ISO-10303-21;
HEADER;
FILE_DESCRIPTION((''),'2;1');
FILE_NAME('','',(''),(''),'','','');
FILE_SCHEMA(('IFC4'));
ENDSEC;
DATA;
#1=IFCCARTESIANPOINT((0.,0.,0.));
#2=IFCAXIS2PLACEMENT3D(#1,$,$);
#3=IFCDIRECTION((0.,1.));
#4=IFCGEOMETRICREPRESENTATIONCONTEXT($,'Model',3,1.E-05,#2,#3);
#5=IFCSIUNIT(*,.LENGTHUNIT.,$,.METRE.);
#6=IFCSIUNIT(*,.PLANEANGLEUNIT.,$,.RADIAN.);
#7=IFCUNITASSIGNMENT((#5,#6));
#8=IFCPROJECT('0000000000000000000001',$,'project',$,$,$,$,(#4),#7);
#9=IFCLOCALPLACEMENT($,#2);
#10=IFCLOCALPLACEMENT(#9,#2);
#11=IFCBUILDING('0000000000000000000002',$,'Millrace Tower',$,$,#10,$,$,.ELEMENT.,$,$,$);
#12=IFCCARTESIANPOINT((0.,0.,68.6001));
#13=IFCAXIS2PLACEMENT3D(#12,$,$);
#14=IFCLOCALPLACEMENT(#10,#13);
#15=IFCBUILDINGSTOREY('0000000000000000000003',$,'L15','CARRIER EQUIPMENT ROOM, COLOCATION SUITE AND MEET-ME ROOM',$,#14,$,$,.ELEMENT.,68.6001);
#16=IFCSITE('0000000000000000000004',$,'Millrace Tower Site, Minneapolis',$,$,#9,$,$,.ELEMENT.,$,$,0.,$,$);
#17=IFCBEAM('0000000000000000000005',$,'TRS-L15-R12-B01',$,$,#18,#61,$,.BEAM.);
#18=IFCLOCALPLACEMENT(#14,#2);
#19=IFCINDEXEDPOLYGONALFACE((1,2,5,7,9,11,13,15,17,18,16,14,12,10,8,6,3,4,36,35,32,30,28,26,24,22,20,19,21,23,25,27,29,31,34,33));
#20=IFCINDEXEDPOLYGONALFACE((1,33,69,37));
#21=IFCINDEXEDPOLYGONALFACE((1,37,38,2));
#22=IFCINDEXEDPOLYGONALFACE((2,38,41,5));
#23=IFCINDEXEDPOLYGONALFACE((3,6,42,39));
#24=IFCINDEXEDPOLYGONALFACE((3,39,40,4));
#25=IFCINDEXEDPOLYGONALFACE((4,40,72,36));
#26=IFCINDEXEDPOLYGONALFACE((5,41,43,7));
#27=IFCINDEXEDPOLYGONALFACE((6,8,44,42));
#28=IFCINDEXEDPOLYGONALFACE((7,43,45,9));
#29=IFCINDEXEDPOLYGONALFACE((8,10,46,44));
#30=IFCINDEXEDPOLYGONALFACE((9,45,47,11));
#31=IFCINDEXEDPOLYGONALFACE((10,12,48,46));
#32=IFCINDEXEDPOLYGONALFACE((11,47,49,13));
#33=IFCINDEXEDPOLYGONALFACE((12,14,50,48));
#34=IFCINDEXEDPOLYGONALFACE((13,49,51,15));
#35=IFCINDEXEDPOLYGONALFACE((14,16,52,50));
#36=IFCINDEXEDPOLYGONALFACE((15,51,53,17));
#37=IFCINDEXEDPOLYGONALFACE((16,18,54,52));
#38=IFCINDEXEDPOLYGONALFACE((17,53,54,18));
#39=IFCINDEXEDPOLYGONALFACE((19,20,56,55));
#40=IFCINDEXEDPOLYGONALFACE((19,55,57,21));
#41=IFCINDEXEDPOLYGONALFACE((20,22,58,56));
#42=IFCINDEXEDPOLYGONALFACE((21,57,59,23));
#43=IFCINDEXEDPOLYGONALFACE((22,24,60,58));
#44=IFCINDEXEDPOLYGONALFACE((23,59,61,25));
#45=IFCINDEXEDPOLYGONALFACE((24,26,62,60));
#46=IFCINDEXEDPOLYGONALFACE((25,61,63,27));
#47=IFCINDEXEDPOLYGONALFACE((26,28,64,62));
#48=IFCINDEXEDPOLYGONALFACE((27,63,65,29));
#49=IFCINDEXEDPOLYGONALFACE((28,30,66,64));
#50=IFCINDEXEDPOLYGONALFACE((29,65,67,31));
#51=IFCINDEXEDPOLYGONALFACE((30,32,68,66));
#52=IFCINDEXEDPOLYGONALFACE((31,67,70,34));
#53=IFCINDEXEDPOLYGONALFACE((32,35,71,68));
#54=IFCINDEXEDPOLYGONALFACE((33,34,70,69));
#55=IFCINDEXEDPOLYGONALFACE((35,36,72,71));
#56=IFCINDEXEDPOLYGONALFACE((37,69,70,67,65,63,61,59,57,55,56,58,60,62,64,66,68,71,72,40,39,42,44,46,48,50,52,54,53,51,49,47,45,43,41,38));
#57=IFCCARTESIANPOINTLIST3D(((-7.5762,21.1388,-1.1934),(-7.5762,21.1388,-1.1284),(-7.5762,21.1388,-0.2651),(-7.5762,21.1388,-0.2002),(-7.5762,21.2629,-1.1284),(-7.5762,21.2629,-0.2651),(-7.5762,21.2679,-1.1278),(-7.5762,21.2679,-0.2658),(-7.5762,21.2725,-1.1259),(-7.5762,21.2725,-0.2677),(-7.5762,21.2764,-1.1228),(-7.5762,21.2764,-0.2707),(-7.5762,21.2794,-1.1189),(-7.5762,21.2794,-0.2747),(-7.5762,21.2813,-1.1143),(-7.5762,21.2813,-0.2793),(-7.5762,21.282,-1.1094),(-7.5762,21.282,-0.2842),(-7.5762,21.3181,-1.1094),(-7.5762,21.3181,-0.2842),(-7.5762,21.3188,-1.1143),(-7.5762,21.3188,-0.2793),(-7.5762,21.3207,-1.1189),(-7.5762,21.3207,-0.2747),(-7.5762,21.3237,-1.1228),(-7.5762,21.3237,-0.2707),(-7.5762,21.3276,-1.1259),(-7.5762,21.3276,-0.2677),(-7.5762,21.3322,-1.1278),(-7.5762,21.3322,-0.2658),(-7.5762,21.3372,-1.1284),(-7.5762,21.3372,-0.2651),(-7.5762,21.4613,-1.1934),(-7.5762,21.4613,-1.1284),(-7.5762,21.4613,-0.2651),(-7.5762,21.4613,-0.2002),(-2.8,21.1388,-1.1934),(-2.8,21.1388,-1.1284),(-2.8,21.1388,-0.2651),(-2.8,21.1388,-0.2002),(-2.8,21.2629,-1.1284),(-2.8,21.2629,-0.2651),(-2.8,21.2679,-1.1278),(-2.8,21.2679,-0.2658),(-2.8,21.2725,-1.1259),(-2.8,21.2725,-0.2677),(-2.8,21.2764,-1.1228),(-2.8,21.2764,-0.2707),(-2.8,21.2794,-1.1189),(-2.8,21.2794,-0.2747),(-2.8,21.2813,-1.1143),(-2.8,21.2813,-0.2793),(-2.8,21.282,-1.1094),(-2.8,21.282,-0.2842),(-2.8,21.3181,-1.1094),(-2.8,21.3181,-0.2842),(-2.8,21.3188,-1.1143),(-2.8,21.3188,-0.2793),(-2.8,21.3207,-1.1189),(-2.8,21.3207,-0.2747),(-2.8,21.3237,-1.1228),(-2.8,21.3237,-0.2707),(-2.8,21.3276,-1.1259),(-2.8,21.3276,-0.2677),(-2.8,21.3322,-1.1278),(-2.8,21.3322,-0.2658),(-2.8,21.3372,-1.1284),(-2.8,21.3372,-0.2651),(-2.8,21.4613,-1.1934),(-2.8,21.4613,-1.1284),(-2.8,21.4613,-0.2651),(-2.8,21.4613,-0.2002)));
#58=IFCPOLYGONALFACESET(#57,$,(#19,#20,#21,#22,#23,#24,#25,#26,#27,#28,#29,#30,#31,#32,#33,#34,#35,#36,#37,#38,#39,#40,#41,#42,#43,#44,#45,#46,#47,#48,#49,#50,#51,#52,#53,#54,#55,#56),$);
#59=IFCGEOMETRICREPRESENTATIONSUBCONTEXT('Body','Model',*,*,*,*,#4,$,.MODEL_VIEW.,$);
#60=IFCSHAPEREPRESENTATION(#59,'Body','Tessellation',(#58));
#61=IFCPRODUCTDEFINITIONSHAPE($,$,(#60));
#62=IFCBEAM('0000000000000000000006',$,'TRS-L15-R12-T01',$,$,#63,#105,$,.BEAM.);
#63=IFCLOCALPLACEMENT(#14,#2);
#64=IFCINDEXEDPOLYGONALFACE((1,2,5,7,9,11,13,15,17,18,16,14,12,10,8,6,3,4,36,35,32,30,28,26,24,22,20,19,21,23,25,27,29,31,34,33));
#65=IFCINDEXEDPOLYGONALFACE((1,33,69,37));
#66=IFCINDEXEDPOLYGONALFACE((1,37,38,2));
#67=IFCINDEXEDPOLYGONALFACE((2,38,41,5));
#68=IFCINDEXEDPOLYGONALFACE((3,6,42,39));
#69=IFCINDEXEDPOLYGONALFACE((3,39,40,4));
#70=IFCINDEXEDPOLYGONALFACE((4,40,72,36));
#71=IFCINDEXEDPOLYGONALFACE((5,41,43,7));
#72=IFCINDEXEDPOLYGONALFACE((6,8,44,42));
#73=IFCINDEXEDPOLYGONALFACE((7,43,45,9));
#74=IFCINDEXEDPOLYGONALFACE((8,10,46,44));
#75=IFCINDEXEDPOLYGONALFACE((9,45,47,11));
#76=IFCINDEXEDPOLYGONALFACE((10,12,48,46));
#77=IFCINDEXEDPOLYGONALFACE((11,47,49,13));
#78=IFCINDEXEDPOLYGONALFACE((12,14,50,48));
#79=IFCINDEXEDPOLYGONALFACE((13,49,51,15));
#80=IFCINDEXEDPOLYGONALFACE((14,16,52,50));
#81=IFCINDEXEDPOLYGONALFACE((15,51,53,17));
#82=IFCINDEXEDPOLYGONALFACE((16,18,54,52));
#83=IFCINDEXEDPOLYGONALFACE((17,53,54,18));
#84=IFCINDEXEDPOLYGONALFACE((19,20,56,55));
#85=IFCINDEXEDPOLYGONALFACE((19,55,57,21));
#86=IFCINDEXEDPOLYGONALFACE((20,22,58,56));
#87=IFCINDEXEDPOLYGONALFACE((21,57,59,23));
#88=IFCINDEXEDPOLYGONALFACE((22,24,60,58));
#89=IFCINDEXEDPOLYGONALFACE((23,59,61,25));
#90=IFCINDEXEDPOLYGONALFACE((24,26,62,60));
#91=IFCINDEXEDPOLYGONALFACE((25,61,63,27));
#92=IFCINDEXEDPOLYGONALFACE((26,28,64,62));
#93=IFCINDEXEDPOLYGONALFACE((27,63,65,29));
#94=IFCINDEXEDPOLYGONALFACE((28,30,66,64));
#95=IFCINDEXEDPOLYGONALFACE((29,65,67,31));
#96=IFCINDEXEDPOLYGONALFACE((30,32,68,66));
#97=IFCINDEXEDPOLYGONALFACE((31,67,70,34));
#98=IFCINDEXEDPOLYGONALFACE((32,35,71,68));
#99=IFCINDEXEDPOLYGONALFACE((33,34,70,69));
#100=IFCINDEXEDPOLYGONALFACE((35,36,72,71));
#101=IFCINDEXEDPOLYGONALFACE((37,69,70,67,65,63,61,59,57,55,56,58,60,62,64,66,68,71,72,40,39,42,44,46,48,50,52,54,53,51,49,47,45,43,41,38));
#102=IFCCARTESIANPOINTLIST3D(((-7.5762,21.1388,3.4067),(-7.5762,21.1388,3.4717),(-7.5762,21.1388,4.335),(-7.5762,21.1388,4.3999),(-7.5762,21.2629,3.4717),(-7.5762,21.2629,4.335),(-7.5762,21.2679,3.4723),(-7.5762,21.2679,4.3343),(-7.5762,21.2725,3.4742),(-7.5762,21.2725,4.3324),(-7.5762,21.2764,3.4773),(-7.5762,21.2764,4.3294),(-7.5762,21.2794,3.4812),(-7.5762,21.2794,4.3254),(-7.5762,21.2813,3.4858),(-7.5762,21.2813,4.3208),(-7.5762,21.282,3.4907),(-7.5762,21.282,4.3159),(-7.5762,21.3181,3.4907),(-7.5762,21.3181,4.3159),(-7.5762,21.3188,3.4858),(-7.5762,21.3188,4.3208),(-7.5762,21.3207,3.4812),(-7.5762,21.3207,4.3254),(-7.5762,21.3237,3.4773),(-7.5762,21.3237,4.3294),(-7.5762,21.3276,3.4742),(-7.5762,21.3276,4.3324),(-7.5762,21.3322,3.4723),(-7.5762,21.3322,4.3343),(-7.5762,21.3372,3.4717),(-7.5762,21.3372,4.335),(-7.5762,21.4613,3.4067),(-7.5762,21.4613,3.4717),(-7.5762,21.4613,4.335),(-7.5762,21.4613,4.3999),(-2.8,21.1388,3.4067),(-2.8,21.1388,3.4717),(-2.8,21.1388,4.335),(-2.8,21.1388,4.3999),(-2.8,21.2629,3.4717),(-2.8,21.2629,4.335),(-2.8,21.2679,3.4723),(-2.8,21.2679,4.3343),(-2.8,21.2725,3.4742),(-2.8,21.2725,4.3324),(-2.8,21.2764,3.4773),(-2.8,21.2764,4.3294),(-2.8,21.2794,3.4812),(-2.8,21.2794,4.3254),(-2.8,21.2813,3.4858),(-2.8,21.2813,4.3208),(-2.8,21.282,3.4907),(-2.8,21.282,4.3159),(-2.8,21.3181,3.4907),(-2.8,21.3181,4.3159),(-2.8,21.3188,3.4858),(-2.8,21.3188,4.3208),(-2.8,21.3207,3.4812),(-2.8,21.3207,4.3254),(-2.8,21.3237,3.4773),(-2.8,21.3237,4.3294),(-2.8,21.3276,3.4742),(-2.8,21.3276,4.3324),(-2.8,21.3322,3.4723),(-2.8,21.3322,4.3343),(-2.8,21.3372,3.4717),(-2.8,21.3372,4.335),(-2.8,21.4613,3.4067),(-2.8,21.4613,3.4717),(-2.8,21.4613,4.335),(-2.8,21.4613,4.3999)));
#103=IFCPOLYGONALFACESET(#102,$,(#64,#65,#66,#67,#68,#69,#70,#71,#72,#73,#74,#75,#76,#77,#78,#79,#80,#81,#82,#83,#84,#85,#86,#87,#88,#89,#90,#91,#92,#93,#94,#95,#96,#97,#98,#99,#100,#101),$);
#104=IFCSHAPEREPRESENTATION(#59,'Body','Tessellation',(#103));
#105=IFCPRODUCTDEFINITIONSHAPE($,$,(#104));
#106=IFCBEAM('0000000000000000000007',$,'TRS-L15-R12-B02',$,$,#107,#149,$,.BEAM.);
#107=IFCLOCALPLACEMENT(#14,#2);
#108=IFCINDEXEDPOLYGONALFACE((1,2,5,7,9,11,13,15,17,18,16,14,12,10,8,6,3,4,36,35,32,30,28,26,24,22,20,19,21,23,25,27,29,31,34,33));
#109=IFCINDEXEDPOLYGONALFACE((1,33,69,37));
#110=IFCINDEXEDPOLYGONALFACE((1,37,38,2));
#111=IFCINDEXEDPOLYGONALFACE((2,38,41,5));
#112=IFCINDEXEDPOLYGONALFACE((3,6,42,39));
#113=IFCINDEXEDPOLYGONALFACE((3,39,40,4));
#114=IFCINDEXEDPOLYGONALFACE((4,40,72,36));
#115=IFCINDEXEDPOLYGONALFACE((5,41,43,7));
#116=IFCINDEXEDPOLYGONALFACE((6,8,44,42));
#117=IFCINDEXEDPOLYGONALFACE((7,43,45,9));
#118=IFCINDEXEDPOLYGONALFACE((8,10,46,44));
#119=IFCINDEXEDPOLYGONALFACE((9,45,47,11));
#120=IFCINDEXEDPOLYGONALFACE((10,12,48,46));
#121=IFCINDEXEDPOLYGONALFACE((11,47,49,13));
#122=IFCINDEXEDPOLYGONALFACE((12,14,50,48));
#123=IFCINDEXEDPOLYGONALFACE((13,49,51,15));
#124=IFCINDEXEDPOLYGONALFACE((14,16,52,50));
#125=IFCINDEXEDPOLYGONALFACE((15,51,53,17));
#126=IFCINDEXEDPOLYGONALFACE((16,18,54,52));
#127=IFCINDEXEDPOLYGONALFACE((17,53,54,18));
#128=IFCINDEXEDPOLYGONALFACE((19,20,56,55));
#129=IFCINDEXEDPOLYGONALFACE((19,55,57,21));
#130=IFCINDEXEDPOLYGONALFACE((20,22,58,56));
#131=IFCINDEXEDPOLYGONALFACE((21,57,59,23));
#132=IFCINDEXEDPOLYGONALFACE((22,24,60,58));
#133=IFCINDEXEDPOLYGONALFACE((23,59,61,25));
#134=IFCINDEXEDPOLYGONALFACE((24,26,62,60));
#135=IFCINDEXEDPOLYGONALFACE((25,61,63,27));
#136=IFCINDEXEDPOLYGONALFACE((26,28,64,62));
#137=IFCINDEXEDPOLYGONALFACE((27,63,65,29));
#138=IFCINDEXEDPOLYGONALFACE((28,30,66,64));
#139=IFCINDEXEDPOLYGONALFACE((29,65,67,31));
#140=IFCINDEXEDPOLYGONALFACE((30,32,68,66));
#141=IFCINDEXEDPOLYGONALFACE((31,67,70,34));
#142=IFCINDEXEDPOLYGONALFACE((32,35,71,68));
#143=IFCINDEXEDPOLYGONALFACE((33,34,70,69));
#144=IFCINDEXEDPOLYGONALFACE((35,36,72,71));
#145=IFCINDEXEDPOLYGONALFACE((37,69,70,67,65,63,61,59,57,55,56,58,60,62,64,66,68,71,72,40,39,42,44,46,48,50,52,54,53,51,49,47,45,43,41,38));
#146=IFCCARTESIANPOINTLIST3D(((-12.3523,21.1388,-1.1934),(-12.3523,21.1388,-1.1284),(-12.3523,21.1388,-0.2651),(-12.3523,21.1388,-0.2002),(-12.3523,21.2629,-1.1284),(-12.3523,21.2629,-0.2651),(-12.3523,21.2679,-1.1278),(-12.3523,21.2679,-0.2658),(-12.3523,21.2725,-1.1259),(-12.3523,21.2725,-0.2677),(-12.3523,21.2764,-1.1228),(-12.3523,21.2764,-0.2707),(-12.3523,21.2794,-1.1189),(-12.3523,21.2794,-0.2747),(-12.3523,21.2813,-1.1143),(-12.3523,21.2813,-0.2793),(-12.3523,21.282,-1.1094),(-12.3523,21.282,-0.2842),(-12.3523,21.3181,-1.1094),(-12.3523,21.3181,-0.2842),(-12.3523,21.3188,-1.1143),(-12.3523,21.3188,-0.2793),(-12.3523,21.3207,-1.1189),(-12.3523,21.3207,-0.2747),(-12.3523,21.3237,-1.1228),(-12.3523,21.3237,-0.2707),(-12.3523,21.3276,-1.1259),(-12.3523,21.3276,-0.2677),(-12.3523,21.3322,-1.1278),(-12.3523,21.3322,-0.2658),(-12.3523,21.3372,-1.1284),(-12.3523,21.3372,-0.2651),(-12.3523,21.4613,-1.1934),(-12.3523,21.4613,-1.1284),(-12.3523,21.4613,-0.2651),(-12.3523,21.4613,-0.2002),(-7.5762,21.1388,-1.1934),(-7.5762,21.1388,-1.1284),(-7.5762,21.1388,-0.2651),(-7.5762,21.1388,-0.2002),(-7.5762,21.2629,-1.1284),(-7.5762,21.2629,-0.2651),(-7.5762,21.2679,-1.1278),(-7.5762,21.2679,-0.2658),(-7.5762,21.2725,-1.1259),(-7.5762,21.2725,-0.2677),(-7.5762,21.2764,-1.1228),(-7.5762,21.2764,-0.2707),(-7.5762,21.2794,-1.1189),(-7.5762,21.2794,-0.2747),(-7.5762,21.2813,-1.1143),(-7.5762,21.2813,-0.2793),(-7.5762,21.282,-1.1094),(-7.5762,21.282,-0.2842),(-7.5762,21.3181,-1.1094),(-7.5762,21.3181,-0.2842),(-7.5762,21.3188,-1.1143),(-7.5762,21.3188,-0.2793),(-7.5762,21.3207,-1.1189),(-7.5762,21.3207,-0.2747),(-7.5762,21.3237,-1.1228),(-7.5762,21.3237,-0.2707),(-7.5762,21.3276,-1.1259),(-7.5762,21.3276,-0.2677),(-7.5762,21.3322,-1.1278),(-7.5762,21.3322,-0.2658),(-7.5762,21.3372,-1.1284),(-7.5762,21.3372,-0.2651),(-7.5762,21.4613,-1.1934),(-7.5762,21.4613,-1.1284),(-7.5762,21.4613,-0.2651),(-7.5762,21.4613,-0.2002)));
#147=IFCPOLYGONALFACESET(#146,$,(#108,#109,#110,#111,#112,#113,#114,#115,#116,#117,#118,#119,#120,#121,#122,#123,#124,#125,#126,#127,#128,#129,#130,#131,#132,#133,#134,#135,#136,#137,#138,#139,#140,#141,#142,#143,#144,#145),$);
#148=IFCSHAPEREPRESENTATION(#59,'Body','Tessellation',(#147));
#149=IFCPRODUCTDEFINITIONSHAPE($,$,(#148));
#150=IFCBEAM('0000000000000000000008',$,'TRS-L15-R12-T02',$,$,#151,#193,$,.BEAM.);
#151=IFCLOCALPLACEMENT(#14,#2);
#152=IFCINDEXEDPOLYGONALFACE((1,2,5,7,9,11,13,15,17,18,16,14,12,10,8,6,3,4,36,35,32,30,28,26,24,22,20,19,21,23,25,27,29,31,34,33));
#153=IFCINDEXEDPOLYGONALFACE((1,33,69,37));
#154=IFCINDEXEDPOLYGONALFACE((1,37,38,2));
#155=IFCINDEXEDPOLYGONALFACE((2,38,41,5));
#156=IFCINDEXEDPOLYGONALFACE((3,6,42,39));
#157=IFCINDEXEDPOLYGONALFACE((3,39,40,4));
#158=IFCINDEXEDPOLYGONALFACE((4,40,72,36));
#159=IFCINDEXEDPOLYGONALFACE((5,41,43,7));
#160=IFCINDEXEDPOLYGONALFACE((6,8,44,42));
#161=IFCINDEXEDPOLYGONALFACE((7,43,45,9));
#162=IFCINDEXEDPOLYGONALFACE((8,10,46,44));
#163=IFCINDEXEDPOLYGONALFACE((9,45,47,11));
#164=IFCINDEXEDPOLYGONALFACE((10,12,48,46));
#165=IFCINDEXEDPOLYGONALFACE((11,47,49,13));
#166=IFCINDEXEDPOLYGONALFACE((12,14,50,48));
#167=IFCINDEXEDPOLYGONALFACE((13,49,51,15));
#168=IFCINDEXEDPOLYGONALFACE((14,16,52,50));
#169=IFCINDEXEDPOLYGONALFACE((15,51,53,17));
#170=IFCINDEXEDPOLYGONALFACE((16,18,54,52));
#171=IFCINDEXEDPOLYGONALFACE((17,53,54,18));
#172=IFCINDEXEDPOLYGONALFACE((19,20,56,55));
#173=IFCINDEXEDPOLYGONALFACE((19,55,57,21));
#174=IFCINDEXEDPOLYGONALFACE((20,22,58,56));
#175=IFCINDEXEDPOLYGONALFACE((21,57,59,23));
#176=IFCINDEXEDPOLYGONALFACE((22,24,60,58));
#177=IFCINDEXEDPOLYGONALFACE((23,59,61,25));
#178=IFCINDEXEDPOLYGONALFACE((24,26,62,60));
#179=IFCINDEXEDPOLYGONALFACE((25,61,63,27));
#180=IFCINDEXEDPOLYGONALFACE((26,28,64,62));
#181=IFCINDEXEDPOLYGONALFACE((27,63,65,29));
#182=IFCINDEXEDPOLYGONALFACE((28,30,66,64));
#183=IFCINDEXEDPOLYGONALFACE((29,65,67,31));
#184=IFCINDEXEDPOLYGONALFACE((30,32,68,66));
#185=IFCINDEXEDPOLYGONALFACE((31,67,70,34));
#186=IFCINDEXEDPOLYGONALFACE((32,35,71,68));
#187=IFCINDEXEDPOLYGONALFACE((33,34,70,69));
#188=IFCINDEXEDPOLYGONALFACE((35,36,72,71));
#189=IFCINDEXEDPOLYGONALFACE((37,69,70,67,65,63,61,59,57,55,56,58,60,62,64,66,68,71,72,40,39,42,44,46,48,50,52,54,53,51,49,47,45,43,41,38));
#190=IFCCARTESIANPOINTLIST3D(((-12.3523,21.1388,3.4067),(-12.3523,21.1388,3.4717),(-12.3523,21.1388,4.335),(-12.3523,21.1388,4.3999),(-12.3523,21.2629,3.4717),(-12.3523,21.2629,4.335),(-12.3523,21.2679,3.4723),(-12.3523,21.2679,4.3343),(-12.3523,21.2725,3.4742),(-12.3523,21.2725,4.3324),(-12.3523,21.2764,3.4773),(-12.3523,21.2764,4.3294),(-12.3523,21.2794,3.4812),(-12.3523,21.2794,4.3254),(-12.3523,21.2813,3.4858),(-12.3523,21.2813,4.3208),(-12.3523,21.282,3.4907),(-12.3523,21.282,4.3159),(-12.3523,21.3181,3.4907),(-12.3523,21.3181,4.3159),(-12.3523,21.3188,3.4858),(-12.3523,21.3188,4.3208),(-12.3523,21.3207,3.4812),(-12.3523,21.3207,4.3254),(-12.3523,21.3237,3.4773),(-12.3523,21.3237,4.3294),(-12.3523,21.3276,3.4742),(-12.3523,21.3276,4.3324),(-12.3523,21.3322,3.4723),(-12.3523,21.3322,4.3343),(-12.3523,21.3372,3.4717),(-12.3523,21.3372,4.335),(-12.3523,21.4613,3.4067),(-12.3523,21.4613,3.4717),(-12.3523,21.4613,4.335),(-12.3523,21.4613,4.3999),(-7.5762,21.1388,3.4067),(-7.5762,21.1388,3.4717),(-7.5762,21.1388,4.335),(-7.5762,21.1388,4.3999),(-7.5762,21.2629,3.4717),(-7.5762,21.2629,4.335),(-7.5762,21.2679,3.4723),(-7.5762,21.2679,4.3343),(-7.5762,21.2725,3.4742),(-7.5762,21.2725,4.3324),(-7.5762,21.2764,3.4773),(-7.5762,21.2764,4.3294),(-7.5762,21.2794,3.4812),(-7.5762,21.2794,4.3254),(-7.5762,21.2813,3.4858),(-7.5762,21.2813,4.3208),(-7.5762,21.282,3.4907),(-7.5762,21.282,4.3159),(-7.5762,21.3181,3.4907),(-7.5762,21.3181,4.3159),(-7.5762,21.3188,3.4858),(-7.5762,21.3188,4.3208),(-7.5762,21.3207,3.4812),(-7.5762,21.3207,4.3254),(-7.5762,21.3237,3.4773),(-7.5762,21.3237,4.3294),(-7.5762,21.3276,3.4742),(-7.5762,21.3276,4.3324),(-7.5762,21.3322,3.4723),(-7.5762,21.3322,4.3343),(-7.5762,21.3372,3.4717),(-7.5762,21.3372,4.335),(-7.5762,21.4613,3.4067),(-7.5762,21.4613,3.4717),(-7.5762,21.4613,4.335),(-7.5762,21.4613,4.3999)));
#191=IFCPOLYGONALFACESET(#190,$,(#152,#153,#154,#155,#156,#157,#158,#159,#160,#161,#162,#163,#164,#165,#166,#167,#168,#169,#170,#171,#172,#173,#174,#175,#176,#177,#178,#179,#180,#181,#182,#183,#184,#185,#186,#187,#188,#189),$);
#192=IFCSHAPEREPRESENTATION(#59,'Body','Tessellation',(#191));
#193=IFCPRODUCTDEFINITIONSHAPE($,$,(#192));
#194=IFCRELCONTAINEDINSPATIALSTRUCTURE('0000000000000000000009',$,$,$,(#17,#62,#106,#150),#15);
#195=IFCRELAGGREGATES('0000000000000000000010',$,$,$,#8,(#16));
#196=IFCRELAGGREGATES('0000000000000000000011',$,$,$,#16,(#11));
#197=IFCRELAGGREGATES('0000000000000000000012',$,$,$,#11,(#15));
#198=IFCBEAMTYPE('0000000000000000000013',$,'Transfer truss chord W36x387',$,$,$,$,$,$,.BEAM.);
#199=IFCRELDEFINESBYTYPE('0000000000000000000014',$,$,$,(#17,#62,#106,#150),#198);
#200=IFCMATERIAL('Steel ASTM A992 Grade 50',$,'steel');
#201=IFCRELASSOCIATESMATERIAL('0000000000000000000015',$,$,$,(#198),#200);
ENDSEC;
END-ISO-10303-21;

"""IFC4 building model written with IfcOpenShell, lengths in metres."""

from ifc_helpers import new_model, si_unit, direction, frame, origin, origin_2d, place, context, subcontext, project, spatial, i_section, extrude, material, material_profile, profile_set, type_object, element, save


model = new_model("IFC4")

# Units and contexts
model_context = context("Model", 3, precision=1e-05, world=origin(), true_north=direction((0.0, 1.0)))
body_context = subcontext(model_context, "Body", "Model", "MODEL_VIEW")
ifc_project = project(units=[si_unit("LENGTHUNIT", "METRE"), si_unit("PLANEANGLEUNIT", "RADIAN")], contexts=[model_context])

# Site, building, storey
site_placement = place(None, origin())
site = spatial("IfcSite", under=ifc_project, at=site_placement, Name="Millrace Tower Site, Minneapolis", CompositionType="ELEMENT", RefElevation=0.0)
building_placement = place(site_placement, origin())
building = spatial("IfcBuilding", under=site, at=building_placement, Name="Millrace Tower", CompositionType="ELEMENT")
storey_placement = place(building_placement, frame((0.0, 0.0, 68.6001)))
storey = spatial("IfcBuildingStorey", under=building, at=storey_placement, Name="L15", Description="CARRIER EQUIPMENT ROOM, COLOCATION SUITE AND MEET-ME ROOM", CompositionType="ELEMENT", Elevation=68.6001)

# Beams
ifc_material_1 = material(Name="Steel ASTM A992 Grade 50", Category="steel")
ifc_material_profile_1 = material_profile(ifc_material_1, i_section(OverallWidth=0.3225, OverallDepth=0.9932, WebThickness=0.0361, FlangeThickness=0.0649, FilletRadius=0.019, at=origin_2d()))
ifc_profile_set_1 = profile_set([ifc_material_profile_1], Name="Steel ASTM A992 Grade 50")
beam_type = type_object("IfcBeamType", Name="Transfer truss chord W36x387", PredefinedType="BEAM", material=ifc_profile_set_1)
for number, where, z_axis, x_axis, name in (
    (1, (-2.8, 21.3, -0.6968), (-1.0, 0.0, 0.0), (0.0, -1.0, 0.0), "TRS-L15-R12-B01"),
    (2, (-2.8, 21.3, 3.9033), (-1.0, 0.0, 0.0), (0.0, -1.0, 0.0), "TRS-L15-R12-T01"),
    (3, (-7.5762, 21.3, -0.6968), (-1.0, 0.0, 0.0), (0.0, -1.0, 0.0), "TRS-L15-R12-B02"),
    (4, (-7.5762, 21.3, 3.9033), (-1.0, 0.0, 0.0), (0.0, -1.0, 0.0), "TRS-L15-R12-T02"),
):
    element("IfcBeam", number, at=place(storey_placement, frame(where, z_axis=z_axis, x_axis=x_axis)), inside=storey, type_object=beam_type, Name=name, PredefinedType="BEAM", context=body_context, shape_type="SweptSolid", body=[
        extrude(i_section(OverallWidth=0.3225, OverallDepth=0.9932, WebThickness=0.0361, FlangeThickness=0.0649, FilletRadius=0.019, at=origin_2d()), origin(), (0.0, 0.0, 1.0), 4.7761),
    ])

save(model, "model.ifc")
